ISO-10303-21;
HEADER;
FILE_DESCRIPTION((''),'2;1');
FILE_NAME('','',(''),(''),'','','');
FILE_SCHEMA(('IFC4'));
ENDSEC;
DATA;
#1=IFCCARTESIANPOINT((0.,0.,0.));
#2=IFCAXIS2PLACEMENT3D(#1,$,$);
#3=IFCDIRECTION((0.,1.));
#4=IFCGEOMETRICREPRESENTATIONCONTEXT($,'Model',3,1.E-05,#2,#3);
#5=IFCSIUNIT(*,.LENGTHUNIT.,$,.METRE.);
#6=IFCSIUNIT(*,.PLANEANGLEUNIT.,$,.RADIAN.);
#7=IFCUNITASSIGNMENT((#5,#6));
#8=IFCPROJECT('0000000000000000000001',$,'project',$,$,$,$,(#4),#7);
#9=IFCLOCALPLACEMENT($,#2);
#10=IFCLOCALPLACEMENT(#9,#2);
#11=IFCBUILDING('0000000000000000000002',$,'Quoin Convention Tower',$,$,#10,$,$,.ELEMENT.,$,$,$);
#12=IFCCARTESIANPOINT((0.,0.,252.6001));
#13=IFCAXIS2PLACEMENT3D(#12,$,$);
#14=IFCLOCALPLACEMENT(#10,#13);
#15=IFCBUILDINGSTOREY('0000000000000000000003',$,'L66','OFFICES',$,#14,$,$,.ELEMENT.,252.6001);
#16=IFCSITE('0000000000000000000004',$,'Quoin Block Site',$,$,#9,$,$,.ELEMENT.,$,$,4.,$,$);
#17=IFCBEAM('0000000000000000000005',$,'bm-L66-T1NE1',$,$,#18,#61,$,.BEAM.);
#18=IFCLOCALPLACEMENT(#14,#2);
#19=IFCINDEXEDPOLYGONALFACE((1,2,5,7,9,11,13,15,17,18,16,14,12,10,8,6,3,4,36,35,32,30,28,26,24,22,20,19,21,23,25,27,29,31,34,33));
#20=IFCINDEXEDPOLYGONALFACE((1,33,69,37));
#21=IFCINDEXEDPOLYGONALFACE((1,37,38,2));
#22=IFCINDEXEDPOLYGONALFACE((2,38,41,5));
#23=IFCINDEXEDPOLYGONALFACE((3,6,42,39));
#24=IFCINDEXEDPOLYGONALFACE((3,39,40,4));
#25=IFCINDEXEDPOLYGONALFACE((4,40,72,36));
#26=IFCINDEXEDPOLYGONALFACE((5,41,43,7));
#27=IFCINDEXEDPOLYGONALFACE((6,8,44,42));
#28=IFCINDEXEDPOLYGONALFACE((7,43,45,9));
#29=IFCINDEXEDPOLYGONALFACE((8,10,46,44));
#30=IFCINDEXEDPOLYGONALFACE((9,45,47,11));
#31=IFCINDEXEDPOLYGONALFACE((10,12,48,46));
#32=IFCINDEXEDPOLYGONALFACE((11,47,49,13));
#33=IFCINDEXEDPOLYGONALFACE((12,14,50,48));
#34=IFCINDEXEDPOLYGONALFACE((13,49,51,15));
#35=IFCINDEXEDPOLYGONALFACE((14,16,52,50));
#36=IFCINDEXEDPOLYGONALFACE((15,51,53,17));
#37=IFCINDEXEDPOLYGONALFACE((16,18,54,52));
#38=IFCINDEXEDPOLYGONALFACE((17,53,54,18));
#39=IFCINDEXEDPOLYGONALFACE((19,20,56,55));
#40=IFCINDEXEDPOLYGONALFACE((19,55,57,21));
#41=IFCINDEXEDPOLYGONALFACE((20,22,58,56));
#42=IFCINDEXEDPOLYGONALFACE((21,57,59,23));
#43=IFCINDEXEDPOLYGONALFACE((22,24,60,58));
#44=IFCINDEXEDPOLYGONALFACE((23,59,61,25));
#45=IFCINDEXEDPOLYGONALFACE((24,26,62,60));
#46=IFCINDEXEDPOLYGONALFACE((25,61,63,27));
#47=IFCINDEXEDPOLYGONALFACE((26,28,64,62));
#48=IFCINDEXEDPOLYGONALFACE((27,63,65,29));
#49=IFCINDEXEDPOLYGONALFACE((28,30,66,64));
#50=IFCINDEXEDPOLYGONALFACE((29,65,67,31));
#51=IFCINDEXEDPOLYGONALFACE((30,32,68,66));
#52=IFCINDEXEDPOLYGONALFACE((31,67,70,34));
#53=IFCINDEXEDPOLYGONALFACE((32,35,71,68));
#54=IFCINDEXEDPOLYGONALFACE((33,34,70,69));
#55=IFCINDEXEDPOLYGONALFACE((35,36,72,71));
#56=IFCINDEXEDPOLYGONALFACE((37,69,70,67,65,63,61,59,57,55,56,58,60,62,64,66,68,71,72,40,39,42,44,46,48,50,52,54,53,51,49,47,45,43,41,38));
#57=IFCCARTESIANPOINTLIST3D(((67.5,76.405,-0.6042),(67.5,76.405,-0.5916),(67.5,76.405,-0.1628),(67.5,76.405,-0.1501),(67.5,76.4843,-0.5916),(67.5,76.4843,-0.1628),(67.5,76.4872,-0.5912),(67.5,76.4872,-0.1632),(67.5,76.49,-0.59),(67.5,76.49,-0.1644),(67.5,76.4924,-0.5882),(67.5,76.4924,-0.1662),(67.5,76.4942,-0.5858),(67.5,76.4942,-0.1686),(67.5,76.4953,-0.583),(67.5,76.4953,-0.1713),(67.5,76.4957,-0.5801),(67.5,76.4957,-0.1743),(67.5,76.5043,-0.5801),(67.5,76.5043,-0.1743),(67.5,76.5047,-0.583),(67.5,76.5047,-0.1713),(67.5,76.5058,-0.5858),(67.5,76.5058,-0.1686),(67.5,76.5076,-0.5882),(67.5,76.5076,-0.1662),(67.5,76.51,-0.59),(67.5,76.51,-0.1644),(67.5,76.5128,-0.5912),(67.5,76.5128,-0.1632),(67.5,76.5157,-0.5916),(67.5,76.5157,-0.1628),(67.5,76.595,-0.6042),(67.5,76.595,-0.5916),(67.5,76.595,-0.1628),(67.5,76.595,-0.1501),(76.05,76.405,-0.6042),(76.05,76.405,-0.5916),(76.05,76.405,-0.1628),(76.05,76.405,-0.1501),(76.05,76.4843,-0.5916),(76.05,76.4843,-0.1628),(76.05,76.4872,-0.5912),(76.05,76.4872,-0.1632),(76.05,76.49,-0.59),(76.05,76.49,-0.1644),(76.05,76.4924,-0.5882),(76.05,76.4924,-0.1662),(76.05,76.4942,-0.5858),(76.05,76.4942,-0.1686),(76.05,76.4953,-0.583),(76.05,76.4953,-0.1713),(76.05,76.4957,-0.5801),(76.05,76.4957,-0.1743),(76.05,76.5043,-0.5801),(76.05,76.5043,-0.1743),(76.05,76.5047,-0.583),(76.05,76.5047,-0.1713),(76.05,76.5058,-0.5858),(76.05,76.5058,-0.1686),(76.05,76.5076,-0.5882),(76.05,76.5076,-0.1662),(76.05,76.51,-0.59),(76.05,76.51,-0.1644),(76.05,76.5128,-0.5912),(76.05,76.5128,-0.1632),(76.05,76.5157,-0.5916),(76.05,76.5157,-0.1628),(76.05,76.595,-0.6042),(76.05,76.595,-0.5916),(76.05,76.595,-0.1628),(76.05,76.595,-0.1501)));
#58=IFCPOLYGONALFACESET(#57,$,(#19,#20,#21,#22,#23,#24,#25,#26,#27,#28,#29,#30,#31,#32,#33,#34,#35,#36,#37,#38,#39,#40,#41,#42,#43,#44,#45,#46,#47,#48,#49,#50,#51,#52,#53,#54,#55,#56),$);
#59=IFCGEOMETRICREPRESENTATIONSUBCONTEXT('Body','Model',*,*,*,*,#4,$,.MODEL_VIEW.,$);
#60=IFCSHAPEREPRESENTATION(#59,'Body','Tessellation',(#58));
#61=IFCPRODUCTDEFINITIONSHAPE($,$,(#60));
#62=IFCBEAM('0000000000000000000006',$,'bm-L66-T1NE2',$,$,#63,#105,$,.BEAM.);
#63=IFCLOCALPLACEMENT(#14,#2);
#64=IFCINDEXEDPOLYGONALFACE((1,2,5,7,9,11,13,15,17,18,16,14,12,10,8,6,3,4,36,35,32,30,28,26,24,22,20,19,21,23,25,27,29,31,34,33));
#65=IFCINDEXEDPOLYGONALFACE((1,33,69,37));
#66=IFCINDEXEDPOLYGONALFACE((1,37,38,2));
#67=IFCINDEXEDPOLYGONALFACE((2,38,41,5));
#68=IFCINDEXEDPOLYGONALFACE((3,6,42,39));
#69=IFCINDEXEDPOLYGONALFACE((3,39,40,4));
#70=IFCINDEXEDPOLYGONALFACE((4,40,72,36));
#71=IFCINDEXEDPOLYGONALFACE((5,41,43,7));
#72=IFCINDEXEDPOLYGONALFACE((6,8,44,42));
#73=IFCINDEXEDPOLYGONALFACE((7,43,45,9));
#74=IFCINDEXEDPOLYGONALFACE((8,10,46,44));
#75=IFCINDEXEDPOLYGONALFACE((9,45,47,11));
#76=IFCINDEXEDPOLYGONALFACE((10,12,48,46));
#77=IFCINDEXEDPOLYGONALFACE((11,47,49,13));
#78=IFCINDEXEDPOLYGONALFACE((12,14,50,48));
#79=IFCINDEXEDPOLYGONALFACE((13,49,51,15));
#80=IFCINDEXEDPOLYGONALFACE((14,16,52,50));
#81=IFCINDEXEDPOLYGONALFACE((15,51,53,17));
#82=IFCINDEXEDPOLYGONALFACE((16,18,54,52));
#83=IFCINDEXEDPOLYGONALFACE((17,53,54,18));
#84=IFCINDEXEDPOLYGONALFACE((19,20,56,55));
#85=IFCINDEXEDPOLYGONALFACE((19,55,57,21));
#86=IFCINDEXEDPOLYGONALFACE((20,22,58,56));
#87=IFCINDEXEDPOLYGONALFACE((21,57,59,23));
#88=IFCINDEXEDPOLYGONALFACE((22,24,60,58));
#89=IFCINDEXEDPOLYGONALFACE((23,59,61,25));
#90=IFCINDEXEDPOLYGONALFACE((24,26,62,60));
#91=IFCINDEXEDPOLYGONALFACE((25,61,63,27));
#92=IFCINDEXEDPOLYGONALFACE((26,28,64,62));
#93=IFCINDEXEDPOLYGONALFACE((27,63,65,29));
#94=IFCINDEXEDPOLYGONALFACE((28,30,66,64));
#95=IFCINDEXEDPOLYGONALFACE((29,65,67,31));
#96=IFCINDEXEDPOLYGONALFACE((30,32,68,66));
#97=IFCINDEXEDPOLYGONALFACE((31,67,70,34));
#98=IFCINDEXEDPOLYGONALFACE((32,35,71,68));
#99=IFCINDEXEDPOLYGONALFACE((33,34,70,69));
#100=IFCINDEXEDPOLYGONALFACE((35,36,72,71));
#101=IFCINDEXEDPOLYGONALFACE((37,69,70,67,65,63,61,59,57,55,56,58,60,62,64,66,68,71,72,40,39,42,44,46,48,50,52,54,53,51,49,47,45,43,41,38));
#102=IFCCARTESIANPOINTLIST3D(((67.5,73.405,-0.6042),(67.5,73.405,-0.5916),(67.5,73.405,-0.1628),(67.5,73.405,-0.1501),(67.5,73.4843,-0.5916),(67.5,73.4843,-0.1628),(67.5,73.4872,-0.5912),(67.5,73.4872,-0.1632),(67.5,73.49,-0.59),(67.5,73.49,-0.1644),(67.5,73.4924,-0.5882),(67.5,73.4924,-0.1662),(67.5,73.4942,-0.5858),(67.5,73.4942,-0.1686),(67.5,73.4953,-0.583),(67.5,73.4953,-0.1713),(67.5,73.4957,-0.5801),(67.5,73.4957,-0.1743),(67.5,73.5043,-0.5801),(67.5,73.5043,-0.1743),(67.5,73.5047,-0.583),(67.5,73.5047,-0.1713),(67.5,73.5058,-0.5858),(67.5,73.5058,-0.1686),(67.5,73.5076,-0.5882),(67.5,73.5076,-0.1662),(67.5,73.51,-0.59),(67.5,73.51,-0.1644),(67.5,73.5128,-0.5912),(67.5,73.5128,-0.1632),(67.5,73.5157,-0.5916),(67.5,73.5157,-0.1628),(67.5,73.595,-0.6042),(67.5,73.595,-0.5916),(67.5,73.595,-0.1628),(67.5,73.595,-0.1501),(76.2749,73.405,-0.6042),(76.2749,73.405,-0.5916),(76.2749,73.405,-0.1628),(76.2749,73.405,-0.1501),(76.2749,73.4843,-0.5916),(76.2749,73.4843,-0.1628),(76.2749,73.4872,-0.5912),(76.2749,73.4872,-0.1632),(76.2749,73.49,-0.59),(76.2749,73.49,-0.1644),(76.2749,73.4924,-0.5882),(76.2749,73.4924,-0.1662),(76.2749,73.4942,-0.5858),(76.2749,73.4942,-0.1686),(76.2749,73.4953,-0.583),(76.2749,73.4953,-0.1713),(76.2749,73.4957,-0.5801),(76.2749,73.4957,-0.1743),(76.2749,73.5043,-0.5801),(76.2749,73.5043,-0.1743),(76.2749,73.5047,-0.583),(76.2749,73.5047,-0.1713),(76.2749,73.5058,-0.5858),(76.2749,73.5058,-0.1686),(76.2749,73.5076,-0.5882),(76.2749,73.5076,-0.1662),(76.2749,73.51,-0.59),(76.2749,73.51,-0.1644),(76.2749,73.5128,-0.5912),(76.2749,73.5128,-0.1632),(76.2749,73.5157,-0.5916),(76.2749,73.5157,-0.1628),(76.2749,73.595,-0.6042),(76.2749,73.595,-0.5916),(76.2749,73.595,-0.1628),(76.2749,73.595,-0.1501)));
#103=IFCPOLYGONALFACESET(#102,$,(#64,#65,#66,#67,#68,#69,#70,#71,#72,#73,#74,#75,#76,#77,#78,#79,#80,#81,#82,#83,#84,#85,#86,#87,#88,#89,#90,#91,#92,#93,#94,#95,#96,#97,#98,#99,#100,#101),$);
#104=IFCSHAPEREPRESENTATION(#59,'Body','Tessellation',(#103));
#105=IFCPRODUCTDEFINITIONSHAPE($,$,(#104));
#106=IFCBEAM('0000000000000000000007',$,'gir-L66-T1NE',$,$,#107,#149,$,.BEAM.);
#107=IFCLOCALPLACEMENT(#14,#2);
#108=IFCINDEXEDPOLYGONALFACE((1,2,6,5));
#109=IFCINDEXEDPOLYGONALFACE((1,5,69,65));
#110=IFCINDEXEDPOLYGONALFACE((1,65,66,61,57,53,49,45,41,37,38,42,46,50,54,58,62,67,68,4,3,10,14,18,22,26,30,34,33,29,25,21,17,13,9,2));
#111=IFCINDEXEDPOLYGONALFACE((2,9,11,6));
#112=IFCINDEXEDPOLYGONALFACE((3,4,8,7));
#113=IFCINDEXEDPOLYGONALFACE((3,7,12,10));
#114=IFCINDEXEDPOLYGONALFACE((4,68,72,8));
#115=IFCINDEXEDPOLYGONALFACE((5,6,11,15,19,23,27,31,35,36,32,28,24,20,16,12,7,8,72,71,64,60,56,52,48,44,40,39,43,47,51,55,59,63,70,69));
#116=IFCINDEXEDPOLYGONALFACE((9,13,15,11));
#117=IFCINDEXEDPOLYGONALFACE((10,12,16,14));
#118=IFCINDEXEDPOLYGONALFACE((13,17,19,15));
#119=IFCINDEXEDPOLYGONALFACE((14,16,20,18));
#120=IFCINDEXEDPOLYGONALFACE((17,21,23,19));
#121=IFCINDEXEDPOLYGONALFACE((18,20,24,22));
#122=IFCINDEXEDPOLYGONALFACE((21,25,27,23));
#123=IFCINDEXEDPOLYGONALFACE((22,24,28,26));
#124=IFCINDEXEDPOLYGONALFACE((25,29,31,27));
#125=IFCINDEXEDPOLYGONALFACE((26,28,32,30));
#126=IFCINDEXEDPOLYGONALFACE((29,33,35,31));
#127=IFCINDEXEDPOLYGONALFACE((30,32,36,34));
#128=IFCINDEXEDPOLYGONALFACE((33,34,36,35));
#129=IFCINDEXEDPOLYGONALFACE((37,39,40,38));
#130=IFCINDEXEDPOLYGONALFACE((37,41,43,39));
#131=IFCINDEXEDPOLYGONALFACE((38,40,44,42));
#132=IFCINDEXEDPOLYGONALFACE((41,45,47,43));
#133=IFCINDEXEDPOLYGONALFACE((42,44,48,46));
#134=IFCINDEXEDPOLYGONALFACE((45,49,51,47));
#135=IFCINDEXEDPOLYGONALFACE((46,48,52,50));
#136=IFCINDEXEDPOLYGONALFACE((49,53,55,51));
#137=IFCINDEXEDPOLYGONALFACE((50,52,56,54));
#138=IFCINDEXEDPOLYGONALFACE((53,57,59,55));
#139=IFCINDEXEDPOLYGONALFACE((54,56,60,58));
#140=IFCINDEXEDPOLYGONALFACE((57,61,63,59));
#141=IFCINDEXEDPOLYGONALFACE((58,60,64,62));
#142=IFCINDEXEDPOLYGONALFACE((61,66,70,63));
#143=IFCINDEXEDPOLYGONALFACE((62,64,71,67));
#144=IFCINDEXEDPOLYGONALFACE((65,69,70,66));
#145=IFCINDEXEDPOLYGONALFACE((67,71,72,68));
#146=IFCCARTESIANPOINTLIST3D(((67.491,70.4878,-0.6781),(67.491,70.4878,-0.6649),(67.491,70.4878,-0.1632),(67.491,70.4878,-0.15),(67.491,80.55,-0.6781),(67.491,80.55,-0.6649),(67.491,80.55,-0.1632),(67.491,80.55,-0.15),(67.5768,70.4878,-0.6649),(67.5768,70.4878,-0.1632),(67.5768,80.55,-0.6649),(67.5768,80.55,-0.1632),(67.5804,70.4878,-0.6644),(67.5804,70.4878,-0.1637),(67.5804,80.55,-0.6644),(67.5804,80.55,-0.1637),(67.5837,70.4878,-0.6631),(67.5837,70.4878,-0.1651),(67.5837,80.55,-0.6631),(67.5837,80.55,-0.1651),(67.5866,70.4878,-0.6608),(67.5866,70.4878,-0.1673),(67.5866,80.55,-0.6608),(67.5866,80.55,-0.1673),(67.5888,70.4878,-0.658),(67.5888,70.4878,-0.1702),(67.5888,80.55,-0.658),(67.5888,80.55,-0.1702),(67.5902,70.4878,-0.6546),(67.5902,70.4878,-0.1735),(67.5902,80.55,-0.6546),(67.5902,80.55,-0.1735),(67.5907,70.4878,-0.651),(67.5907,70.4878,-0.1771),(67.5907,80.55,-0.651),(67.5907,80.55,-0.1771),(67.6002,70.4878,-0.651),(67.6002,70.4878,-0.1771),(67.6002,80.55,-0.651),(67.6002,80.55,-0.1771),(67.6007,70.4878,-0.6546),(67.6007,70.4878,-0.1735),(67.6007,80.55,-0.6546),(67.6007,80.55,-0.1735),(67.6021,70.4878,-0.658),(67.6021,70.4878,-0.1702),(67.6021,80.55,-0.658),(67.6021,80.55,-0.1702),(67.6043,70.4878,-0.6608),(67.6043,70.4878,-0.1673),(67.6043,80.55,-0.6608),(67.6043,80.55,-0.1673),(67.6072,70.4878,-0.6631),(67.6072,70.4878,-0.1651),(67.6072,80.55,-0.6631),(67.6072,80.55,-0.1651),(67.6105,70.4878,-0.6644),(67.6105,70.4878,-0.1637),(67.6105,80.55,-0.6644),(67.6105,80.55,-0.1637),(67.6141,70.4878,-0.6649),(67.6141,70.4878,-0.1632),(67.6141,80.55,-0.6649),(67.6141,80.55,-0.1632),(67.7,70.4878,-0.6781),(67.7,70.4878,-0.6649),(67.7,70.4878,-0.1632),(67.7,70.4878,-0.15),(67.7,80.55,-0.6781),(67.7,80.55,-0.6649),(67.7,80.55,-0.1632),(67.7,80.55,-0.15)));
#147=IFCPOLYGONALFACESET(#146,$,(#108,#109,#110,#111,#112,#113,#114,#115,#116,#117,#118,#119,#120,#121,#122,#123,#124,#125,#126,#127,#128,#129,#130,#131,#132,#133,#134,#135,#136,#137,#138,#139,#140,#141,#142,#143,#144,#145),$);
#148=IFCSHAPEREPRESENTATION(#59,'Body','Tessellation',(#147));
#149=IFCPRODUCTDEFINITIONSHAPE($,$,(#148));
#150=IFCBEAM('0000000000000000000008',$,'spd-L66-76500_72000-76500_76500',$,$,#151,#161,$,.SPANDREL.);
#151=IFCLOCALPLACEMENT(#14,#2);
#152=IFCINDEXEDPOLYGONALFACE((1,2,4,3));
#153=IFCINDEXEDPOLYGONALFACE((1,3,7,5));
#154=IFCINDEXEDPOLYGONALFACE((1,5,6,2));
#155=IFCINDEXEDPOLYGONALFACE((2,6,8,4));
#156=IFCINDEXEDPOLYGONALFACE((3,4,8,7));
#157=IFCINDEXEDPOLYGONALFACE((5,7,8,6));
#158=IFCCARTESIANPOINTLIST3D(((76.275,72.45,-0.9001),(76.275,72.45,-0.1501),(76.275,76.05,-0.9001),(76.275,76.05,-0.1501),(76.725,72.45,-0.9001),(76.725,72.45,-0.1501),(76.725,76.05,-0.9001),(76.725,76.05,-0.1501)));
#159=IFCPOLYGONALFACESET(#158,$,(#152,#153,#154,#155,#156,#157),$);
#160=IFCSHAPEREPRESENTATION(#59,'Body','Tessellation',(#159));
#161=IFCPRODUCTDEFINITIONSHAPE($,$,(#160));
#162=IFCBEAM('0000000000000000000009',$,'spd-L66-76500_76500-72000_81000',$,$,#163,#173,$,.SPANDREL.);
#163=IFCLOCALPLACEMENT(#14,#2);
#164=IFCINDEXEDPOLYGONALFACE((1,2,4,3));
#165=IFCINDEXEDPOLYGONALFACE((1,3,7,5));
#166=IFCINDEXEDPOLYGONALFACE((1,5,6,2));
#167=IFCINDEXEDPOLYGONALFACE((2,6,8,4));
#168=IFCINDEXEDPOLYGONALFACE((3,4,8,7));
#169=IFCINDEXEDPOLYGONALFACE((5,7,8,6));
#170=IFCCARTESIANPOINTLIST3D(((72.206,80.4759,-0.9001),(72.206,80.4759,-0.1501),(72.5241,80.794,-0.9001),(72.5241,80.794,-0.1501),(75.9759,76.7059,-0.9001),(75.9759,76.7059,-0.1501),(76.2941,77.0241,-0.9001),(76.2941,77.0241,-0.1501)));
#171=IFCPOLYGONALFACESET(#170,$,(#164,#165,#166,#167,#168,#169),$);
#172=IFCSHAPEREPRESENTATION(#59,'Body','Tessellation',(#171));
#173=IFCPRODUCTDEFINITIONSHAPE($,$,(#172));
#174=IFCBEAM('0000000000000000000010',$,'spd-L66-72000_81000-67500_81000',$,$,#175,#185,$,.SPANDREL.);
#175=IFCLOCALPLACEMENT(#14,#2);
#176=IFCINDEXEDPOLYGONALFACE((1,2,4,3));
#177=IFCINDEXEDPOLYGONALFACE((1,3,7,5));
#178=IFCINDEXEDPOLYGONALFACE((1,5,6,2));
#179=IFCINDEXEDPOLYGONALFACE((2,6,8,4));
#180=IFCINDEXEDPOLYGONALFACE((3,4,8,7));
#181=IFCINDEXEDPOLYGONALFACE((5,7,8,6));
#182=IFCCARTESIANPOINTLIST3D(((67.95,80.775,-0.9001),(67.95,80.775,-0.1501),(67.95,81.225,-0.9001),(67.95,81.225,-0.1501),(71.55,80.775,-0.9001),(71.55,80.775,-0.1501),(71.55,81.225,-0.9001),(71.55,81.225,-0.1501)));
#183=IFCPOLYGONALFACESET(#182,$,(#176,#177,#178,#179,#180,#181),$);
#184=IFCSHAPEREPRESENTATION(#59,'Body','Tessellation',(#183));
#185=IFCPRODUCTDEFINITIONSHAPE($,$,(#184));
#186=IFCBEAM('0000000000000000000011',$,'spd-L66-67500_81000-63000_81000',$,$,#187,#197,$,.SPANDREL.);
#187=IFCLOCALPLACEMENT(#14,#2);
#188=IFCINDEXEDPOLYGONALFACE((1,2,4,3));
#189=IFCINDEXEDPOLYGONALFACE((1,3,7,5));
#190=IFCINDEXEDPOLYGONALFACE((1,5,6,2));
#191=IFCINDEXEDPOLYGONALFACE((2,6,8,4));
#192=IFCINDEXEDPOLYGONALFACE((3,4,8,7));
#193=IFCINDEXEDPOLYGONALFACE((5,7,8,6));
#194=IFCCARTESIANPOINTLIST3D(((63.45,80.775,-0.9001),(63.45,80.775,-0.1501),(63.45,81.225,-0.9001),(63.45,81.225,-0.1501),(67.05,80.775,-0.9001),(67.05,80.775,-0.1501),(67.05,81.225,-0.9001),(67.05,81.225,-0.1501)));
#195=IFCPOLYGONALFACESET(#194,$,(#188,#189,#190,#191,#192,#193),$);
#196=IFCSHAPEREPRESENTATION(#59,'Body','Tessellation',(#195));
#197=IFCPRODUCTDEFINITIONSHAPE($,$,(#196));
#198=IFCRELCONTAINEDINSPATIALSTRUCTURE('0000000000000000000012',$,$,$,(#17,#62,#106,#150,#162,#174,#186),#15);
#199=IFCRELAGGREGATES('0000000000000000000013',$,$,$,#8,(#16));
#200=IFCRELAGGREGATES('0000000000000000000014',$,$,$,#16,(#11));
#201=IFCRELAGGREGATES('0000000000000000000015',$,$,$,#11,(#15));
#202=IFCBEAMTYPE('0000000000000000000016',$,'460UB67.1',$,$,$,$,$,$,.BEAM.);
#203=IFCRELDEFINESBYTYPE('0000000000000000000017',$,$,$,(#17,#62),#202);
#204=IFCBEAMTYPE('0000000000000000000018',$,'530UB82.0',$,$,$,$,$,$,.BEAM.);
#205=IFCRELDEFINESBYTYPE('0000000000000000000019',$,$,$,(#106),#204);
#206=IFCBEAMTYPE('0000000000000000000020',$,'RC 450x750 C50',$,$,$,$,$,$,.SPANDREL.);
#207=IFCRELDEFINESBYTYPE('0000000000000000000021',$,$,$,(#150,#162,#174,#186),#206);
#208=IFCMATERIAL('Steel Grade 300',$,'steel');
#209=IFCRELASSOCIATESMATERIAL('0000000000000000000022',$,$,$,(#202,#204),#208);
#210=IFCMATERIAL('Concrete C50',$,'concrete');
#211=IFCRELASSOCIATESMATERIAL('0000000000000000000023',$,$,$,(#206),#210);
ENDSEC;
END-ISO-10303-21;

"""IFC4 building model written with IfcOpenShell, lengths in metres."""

from ifc_helpers import new_model, si_unit, direction, frame, origin, origin_2d, place, context, subcontext, project, spatial, rectangle, i_section, extrude, material, material_profile, profile_set, type_object, element, save


model = new_model("IFC4")

# Units and contexts
model_context = context("Model", 3, precision=1e-05, world=origin(), true_north=direction((0.0, 1.0)))
body_context = subcontext(model_context, "Body", "Model", "MODEL_VIEW")
ifc_project = project(units=[si_unit("LENGTHUNIT", "METRE"), si_unit("PLANEANGLEUNIT", "RADIAN")], contexts=[model_context])

# Site, building, storey
site_placement = place(None, origin())
site = spatial("IfcSite", under=ifc_project, at=site_placement, Name="Quoin Block Site", CompositionType="ELEMENT", RefElevation=4.0)
building_placement = place(site_placement, origin())
building = spatial("IfcBuilding", under=site, at=building_placement, Name="Quoin Convention Tower", CompositionType="ELEMENT")
storey_placement = place(building_placement, frame((0.0, 0.0, 252.6001)))
storey = spatial("IfcBuildingStorey", under=building, at=storey_placement, Name="L66", Description="OFFICES", CompositionType="ELEMENT", Elevation=252.6001)

# Shared definitions
ifc_material_1 = material(Name="Concrete C50", Category="concrete")

# Beams
ifc_material_2 = material(Name="Steel Grade 300", Category="steel")
ifc_material_profile_1 = material_profile(ifc_material_2, i_section(OverallWidth=0.1899, OverallDepth=0.4541, WebThickness=0.0085, FlangeThickness=0.0127, FilletRadius=0.0115, at=origin_2d()), Name="460UB67.1")
ifc_profile_set_1 = profile_set([ifc_material_profile_1], Name="Steel Grade 300")
beam_type_1 = type_object("IfcBeamType", Name="460UB67.1", PredefinedType="BEAM", material=ifc_profile_set_1)
beam_1_placement = place(storey_placement, frame((67.5, 76.5, -0.3772), z_axis=(1.0, 0.0, 0.0), x_axis=(0.0, 1.0, 0.0)))
element("IfcBeam", 1, at=beam_1_placement, inside=storey, type_object=beam_type_1, Name="bm-L66-T1NE1", PredefinedType="BEAM", context=body_context, shape_type="SweptSolid", body=[
    extrude(i_section(OverallWidth=0.1899, OverallDepth=0.4541, WebThickness=0.0085, FlangeThickness=0.0127, FilletRadius=0.0115, at=origin_2d()), origin(), (0.0, 0.0, 1.0), 8.55),
])
beam_2_placement = place(storey_placement, frame((67.5, 73.5, -0.3772), z_axis=(1.0, 0.0, 0.0), x_axis=(0.0, 1.0, 0.0)))
element("IfcBeam", 2, at=beam_2_placement, inside=storey, type_object=beam_type_1, Name="bm-L66-T1NE2", PredefinedType="BEAM", context=body_context, shape_type="SweptSolid", body=[
    extrude(i_section(OverallWidth=0.1899, OverallDepth=0.4541, WebThickness=0.0085, FlangeThickness=0.0127, FilletRadius=0.0115, at=origin_2d()), origin(), (0.0, 0.0, 1.0), 8.7749),
])
ifc_material_profile_2 = material_profile(ifc_material_2, i_section(OverallWidth=0.209, OverallDepth=0.5281, WebThickness=0.0095, FlangeThickness=0.0132, FilletRadius=0.0139, at=origin_2d()), Name="530UB82.0")
ifc_profile_set_2 = profile_set([ifc_material_profile_2], Name="Steel Grade 300")
beam_type_2 = type_object("IfcBeamType", Name="530UB82.0", PredefinedType="BEAM", material=ifc_profile_set_2)
beam_3_placement = place(storey_placement, frame((67.5955, 80.55, -0.4141), z_axis=(0.0, -1.0, 0.0), x_axis=(1.0, 0.0, 0.0)))
element("IfcBeam", 3, at=beam_3_placement, inside=storey, type_object=beam_type_2, Name="gir-L66-T1NE", PredefinedType="BEAM", context=body_context, shape_type="SweptSolid", body=[
    extrude(i_section(OverallWidth=0.209, OverallDepth=0.5281, WebThickness=0.0095, FlangeThickness=0.0132, FilletRadius=0.0139, at=origin_2d()), origin(), (0.0, 0.0, 1.0), 10.0623),
])
ifc_material_profile_3 = material_profile(ifc_material_1, rectangle(XDim=0.45, YDim=0.75, at=origin_2d()), Name="RC 450x750")
ifc_profile_set_3 = profile_set([ifc_material_profile_3], Name="Concrete C50")
beam_type_3 = type_object("IfcBeamType", Name="RC 450x750 C50", PredefinedType="SPANDREL", material=ifc_profile_set_3)
beam_4_placement = place(storey_placement, frame((76.5, 72.45, -0.5251), z_axis=(0.0, 1.0, 0.0), x_axis=(-1.0, 0.0, 0.0)))
element("IfcBeam", 4, at=beam_4_placement, inside=storey, type_object=beam_type_3, Name="spd-L66-76500_72000-76500_76500", PredefinedType="SPANDREL", context=body_context, shape_type="SweptSolid", body=[
    extrude(rectangle(XDim=0.45, YDim=0.75, at=origin_2d()), origin(), (0.0, 0.0, 1.0), 3.6001),
])
beam_5_placement = place(storey_placement, frame((76.135, 76.865, -0.5251), z_axis=(-0.707107, 0.707107, 0.0), x_axis=(-0.707107, -0.707107, 0.0)))
element("IfcBeam", 5, at=beam_5_placement, inside=storey, type_object=beam_type_3, Name="spd-L66-76500_76500-72000_81000", PredefinedType="SPANDREL", context=body_context, shape_type="SweptSolid", body=[
    extrude(rectangle(XDim=0.45, YDim=0.75, at=origin_2d()), origin(), (0.0, 0.0, 1.0), 5.3315),
])
for number, where, z_axis, x_axis, name in (
    (6, (71.55, 81.0, -0.5251), (-1.0, 0.0, 0.0), (0.0, -1.0, 0.0), "spd-L66-72000_81000-67500_81000"),
    (7, (67.05, 81.0, -0.5251), (-1.0, 0.0, 0.0), (0.0, -1.0, 0.0), "spd-L66-67500_81000-63000_81000"),
):
    element("IfcBeam", number, at=place(storey_placement, frame(where, z_axis=z_axis, x_axis=x_axis)), inside=storey, type_object=beam_type_3, Name=name, PredefinedType="SPANDREL", context=body_context, shape_type="SweptSolid", body=[
        extrude(rectangle(XDim=0.45, YDim=0.75, at=origin_2d()), origin(), (0.0, 0.0, 1.0), 3.6001),
    ])

save(model, "model.ifc")
